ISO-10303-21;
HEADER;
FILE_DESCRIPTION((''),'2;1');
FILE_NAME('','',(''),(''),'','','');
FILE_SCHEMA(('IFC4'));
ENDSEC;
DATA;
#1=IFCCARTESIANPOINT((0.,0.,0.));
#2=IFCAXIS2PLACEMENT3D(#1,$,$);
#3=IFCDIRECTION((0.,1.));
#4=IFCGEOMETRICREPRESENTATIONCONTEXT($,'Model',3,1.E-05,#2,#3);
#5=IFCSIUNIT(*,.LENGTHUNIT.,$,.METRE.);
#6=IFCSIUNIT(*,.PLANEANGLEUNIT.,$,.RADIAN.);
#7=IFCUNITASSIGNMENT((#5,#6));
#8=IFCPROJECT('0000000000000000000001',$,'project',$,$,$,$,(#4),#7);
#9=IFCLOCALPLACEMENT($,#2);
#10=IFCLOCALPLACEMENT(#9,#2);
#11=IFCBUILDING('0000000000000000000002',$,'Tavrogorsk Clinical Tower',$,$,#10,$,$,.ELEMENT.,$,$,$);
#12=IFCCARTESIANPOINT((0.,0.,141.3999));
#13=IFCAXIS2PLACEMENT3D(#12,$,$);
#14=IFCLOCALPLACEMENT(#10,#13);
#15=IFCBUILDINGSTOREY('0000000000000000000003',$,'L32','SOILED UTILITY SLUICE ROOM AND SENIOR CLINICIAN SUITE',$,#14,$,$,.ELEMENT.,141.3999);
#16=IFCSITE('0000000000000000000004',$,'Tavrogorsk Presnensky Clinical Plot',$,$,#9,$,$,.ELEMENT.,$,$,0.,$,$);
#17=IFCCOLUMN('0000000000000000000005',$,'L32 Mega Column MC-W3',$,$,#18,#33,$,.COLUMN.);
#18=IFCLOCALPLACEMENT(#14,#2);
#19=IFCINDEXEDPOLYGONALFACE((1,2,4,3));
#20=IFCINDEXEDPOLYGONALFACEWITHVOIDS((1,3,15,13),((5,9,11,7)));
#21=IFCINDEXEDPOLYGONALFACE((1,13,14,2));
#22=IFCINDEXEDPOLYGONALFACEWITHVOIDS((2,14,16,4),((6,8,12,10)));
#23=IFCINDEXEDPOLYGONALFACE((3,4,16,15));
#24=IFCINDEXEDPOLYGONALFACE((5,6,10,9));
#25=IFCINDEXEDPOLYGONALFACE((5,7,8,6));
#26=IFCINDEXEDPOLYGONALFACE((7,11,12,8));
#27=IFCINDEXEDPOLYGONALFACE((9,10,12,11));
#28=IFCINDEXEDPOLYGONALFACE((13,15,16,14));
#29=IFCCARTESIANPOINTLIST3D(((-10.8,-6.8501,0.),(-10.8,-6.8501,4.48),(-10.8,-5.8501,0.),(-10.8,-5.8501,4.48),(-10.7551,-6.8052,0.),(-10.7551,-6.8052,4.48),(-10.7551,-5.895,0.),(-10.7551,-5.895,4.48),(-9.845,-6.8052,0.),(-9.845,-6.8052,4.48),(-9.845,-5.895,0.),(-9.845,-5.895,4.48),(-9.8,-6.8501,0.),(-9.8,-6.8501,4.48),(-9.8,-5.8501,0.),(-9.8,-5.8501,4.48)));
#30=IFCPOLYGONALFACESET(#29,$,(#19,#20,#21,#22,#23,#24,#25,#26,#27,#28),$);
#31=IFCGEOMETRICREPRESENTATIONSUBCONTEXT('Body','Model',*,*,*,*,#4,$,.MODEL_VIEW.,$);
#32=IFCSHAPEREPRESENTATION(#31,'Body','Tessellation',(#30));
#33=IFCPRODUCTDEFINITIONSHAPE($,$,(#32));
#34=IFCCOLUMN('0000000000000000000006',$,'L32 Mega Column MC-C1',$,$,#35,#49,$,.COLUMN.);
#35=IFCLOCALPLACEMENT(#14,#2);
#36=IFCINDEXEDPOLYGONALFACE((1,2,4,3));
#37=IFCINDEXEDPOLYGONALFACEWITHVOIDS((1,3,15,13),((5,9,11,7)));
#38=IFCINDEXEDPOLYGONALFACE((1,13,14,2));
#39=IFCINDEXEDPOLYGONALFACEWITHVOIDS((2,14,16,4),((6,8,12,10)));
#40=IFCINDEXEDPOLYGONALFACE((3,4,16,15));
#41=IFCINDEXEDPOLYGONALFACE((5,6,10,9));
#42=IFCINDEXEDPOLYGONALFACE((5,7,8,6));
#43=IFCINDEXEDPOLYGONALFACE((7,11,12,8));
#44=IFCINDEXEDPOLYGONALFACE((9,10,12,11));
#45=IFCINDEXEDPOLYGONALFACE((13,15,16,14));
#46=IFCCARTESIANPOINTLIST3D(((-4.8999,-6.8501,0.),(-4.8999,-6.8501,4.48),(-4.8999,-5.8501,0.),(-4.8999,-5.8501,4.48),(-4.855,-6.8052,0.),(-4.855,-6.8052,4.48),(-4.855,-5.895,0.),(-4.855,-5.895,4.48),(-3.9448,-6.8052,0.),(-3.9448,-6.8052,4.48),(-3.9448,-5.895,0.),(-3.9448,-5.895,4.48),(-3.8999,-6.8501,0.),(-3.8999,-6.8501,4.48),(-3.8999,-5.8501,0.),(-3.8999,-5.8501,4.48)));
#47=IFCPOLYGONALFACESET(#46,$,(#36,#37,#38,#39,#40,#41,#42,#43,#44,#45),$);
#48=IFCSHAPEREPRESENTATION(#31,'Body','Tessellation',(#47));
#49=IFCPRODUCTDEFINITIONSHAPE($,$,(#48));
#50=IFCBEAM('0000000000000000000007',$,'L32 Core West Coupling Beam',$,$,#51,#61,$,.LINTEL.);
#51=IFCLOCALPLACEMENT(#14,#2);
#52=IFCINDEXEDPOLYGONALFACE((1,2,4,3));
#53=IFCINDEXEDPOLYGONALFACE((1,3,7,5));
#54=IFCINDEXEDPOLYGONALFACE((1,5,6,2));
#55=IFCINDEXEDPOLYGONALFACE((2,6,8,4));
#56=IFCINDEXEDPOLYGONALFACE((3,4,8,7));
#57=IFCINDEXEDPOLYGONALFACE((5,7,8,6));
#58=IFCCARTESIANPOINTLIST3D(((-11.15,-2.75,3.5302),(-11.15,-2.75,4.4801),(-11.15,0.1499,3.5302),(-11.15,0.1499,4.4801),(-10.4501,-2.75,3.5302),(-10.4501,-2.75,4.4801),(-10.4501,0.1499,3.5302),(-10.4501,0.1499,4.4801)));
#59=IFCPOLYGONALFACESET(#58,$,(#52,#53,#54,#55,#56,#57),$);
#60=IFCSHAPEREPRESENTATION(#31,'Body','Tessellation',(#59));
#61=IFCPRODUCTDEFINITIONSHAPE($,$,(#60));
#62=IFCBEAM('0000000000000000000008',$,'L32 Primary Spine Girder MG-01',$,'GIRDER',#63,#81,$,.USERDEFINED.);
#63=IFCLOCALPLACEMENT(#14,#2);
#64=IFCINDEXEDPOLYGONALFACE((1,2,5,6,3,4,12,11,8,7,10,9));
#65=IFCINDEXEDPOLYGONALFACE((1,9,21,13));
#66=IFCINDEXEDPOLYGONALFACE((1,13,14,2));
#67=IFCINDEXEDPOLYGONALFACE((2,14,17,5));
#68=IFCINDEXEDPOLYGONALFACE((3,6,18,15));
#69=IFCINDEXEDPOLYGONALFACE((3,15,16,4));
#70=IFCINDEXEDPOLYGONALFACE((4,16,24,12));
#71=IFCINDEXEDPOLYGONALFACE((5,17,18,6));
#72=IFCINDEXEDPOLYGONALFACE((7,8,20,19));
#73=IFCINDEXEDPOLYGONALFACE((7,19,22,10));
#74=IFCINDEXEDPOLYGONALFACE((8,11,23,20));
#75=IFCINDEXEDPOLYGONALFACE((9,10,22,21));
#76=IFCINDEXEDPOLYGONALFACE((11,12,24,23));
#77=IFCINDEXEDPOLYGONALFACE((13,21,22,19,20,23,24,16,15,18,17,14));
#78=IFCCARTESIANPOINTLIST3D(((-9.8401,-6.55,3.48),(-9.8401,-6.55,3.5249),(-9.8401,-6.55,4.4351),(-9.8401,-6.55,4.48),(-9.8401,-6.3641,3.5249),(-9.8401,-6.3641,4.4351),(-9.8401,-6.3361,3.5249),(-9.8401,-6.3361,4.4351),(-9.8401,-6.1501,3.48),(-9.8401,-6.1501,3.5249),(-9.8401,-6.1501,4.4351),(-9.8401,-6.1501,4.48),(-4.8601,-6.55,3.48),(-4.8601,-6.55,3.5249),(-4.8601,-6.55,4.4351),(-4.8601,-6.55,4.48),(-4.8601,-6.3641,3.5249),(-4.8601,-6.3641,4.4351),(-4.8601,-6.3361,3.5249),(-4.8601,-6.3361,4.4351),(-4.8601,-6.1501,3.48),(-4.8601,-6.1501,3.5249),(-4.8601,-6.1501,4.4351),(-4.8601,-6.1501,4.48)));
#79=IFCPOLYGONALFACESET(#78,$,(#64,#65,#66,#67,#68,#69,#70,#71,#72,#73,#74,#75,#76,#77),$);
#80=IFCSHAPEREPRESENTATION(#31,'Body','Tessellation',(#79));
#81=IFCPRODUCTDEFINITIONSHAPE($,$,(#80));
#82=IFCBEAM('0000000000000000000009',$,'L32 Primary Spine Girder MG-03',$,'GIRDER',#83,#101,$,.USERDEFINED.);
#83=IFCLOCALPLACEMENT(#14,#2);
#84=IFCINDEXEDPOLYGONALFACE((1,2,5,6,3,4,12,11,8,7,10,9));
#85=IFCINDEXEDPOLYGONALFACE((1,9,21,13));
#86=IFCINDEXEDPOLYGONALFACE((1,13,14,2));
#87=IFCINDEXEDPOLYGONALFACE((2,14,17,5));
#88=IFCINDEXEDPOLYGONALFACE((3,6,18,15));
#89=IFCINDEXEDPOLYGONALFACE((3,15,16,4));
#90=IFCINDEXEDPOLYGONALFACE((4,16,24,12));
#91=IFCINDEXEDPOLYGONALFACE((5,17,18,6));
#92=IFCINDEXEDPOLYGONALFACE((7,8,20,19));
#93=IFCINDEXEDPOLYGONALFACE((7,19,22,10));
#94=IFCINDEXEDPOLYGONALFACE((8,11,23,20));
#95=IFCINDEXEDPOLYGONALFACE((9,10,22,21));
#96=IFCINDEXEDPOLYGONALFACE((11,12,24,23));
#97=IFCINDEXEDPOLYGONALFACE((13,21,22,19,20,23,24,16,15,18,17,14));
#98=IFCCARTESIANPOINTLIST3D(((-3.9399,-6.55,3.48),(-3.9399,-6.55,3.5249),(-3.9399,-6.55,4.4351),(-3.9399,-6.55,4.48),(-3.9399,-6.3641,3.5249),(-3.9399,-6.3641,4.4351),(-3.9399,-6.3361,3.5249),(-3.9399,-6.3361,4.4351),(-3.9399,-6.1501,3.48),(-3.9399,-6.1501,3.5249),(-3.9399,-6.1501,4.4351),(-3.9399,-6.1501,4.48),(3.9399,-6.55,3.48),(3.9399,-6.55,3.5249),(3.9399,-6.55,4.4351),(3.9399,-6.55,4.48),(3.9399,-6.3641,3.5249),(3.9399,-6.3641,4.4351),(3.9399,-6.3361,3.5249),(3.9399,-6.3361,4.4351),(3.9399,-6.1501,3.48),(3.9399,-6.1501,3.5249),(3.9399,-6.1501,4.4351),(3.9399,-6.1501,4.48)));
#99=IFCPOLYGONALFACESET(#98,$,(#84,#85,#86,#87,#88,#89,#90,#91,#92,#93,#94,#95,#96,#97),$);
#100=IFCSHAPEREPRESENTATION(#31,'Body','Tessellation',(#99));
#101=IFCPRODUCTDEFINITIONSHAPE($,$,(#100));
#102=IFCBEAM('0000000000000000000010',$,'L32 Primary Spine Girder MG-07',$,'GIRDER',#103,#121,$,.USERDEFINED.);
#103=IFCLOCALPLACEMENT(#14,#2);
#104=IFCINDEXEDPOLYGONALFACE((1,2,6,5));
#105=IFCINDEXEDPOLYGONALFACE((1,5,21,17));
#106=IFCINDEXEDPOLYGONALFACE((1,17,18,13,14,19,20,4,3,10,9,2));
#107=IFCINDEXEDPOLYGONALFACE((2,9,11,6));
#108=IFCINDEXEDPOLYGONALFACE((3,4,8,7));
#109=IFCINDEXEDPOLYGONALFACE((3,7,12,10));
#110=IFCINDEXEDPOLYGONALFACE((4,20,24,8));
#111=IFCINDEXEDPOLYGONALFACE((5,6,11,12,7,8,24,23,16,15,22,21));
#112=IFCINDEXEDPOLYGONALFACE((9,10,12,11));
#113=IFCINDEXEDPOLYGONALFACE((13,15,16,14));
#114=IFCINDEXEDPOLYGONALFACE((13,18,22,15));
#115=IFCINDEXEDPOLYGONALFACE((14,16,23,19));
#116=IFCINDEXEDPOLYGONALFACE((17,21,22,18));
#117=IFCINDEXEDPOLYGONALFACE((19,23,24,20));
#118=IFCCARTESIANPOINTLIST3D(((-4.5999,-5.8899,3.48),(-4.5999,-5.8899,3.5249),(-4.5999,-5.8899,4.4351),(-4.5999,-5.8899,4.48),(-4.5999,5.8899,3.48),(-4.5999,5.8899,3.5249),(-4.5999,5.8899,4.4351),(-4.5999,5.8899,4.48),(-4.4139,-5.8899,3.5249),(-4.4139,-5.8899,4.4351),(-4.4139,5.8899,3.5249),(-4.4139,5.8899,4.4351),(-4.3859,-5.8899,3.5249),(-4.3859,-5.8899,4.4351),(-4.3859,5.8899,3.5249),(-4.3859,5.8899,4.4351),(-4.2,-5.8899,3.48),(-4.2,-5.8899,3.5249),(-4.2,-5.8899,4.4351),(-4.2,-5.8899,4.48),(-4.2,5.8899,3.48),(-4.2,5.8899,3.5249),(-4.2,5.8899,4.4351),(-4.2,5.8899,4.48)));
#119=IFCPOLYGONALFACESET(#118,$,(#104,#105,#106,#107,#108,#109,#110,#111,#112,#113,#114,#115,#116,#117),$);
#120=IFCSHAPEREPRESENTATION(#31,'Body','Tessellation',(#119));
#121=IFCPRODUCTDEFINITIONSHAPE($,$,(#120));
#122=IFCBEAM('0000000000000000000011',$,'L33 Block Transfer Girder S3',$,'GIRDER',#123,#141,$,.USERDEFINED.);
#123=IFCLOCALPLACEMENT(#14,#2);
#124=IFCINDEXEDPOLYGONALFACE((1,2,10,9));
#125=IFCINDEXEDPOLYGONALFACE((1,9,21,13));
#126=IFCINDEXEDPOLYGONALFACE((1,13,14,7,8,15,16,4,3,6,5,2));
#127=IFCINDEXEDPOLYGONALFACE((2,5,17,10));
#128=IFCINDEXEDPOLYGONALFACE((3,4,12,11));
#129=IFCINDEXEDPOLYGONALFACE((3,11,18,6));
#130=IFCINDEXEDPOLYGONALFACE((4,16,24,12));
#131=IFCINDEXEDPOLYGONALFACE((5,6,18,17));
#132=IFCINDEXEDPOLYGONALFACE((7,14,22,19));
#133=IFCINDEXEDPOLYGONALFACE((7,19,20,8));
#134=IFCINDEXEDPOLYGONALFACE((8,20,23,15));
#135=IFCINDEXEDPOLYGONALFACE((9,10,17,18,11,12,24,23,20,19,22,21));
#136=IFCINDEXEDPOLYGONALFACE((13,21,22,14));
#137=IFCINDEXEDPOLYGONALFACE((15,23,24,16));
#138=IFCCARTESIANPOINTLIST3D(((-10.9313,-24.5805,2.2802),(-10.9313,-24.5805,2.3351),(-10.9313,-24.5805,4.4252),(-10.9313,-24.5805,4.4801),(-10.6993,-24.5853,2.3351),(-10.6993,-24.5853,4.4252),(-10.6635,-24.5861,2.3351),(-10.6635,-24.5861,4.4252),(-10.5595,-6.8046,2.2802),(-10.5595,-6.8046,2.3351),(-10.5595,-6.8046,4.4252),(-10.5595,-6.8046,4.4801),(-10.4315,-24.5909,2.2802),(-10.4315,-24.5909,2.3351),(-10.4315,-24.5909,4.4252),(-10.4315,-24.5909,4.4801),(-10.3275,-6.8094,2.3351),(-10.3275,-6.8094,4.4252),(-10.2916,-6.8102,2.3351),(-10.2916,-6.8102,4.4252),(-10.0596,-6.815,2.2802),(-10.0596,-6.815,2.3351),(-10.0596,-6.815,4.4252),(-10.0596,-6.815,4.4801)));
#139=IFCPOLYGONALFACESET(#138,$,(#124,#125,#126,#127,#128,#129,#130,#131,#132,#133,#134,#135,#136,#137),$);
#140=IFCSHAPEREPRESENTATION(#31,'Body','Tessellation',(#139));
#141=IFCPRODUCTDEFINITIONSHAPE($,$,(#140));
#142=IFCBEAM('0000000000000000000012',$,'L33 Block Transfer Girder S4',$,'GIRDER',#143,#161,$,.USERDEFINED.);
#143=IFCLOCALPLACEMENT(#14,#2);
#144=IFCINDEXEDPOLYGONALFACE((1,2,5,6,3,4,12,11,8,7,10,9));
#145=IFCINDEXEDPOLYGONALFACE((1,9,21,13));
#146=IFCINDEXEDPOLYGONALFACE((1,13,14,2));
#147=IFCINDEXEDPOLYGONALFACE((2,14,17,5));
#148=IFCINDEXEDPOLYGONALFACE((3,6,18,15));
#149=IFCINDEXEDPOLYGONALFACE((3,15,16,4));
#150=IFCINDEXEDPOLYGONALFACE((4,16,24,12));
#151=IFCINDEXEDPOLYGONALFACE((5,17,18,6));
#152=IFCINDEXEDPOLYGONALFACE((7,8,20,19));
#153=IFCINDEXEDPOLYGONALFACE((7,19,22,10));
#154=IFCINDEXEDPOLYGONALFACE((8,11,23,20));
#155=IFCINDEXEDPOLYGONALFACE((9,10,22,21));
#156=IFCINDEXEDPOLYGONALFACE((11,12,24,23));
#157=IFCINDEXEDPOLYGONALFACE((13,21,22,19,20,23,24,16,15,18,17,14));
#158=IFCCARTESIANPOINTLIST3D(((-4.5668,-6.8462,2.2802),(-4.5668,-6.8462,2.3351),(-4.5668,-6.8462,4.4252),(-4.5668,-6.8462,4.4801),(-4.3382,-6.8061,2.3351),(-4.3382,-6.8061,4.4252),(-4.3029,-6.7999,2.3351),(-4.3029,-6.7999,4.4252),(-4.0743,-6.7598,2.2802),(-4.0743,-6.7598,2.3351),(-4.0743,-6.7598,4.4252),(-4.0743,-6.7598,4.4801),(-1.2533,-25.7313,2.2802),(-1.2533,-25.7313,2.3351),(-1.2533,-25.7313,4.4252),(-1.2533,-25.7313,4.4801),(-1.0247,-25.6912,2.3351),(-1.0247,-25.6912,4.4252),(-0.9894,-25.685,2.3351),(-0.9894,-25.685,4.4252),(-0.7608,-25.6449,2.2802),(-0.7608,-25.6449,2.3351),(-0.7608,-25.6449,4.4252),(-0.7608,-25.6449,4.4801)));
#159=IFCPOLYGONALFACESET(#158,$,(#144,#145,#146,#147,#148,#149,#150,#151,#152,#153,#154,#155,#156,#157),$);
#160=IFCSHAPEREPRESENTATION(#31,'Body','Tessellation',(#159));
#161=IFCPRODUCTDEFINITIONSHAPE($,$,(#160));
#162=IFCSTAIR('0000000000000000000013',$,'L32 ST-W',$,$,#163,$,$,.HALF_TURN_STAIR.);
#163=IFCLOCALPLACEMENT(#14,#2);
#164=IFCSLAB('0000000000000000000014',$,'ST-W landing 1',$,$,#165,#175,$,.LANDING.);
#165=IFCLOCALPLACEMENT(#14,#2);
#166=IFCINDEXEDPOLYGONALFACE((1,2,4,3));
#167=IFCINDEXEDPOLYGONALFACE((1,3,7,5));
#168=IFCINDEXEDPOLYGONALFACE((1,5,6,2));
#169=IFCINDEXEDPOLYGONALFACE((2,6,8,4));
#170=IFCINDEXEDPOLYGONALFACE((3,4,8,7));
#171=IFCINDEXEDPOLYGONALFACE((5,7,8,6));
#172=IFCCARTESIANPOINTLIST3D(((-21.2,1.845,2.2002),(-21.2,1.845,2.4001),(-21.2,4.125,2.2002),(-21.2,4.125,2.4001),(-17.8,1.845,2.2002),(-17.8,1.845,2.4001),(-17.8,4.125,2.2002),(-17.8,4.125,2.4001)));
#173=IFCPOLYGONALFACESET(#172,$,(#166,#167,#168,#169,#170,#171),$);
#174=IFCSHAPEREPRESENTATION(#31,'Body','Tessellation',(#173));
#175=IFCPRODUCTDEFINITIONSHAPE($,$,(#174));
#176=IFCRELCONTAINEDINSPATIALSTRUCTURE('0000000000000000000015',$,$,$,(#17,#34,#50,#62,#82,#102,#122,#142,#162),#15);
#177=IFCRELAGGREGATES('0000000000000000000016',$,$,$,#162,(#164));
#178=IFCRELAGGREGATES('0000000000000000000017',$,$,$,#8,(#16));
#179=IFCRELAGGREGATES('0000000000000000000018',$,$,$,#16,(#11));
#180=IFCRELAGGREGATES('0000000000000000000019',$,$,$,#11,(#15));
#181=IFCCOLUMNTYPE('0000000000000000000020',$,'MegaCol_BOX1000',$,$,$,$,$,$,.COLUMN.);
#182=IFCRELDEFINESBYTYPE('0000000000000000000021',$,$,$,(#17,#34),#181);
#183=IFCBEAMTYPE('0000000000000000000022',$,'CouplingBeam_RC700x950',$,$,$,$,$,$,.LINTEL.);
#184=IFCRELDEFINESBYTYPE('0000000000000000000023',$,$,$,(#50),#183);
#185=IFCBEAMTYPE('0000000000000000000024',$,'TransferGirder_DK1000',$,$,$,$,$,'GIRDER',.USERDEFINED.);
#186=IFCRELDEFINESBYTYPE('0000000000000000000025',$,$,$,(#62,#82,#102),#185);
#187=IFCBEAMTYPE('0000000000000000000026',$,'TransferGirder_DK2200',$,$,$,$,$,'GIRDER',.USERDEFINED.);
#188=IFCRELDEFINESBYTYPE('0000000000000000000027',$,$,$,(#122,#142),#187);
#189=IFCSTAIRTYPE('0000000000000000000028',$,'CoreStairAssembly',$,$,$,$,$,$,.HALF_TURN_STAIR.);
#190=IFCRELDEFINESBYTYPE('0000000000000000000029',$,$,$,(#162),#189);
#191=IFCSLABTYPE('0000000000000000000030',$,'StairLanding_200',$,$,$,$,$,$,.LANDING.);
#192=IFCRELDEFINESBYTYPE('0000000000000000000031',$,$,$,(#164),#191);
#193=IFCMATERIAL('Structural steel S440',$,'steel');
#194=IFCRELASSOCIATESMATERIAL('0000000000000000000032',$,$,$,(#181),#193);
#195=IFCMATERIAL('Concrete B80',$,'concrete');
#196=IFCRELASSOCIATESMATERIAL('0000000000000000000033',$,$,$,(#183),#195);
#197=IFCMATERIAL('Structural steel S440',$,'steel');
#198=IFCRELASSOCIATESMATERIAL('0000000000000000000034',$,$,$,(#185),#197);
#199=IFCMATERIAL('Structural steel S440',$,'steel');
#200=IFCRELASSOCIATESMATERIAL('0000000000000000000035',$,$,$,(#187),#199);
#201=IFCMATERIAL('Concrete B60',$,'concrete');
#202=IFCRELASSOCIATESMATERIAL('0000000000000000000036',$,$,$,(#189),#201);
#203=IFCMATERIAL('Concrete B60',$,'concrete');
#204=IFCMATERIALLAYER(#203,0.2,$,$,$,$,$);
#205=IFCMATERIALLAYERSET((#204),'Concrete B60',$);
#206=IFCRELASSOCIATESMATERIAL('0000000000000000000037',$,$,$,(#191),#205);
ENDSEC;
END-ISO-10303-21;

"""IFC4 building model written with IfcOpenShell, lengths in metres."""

from ifc_helpers import new_model, si_unit, direction, frame, origin, origin_2d, place, context, subcontext, project, spatial, polyline, rectangle, hollow_rectangle, i_section, outline, extrude, material, layer, layer_set, material_profile, profile_set, type_object, element, aggregate, save


model = new_model("IFC4")

# Units and contexts
model_context = context("Model", 3, precision=1e-05, world=origin(), true_north=direction((0.0, 1.0)))
body_context = subcontext(model_context, "Body", "Model", "MODEL_VIEW")
ifc_project = project(units=[si_unit("LENGTHUNIT", "METRE"), si_unit("PLANEANGLEUNIT", "RADIAN")], contexts=[model_context])

# Site, building, storey
site_placement = place(None, origin())
site = spatial("IfcSite", under=ifc_project, at=site_placement, Name="Tavrogorsk Presnensky Clinical Plot", CompositionType="ELEMENT", RefElevation=0.0)
building_placement = place(site_placement, origin())
building = spatial("IfcBuilding", under=site, at=building_placement, Name="Tavrogorsk Clinical Tower", CompositionType="ELEMENT")
storey_placement = place(building_placement, frame((0.0, 0.0, 141.3999)))
storey = spatial("IfcBuildingStorey", under=building, at=storey_placement, Name="L32", Description="SOILED UTILITY SLUICE ROOM AND SENIOR CLINICIAN SUITE", CompositionType="ELEMENT", Elevation=141.3999)

# Columns
ifc_material_1 = material(Name="Structural steel S440", Category="steel")
ifc_material_profile_1 = material_profile(ifc_material_1, hollow_rectangle(XDim=1.0, YDim=1.0, WallThickness=0.0449, at=origin_2d()), Name="BOX-1000x1000x45")
ifc_profile_set_1 = profile_set([ifc_material_profile_1], Name="Structural steel S440")
column_type = type_object("IfcColumnType", Name="MegaCol_BOX1000", PredefinedType="COLUMN", material=ifc_profile_set_1)
for number, where, z_axis, x_axis, name in (
    (1, (-10.3, -6.3501, 0.0), (0.0, 0.0, 1.0), (1.0, 0.0, 0.0), "L32 Mega Column MC-W3"),
    (2, (-4.3999, -6.3501, 0.0), (0.0, 0.0, 1.0), (1.0, 0.0, 0.0), "L32 Mega Column MC-C1"),
):
    element("IfcColumn", number, at=place(storey_placement, frame(where, z_axis=z_axis, x_axis=x_axis)), inside=storey, type_object=column_type, Name=name, PredefinedType="COLUMN", context=body_context, shape_type="SweptSolid", body=[
        extrude(hollow_rectangle(XDim=1.0, YDim=1.0, WallThickness=0.0449, at=origin_2d()), origin(), (0.0, 0.0, 1.0), 4.48),
    ])

# Beams
ifc_material_2 = material(Name="Concrete B80", Category="concrete")
ifc_material_profile_2 = material_profile(ifc_material_2, rectangle(XDim=0.7, YDim=0.95, at=origin_2d()), Name="RC-CB-700x950")
ifc_profile_set_2 = profile_set([ifc_material_profile_2], Name="Concrete B80")
beam_type_1 = type_object("IfcBeamType", Name="CouplingBeam_RC700x950", PredefinedType="LINTEL", material=ifc_profile_set_2)
beam_1_placement = place(storey_placement, frame((-10.8, -2.75, 4.0051), z_axis=(0.0, 1.0, 0.0), x_axis=(-1.0, 0.0, 0.0)))
element("IfcBeam", 3, at=beam_1_placement, inside=storey, type_object=beam_type_1, Name="L32 Core West Coupling Beam", PredefinedType="LINTEL", context=body_context, shape_type="SweptSolid", body=[
    extrude(rectangle(XDim=0.7, YDim=0.95, at=origin_2d()), origin(), (0.0, 0.0, 1.0), 2.8999),
])
ifc_material_3 = material(Name="Structural steel S440", Category="steel")
ifc_material_profile_3 = material_profile(ifc_material_3, i_section(OverallWidth=0.3999, OverallDepth=1.0, WebThickness=0.0281, FlangeThickness=0.0449, at=origin_2d()), Name="DK-1000x400x28x45")
ifc_profile_set_3 = profile_set([ifc_material_profile_3], Name="Structural steel S440")
beam_type_2 = type_object("IfcBeamType", Name="TransferGirder_DK1000", ElementType="GIRDER", PredefinedType="USERDEFINED", material=ifc_profile_set_3)
beam_2_placement = place(storey_placement, frame((-9.8401, -6.3501, 3.98), z_axis=(1.0, 0.0, 0.0), x_axis=(0.0, 1.0, 0.0)))
element("IfcBeam", 4, at=beam_2_placement, inside=storey, type_object=beam_type_2, Name="L32 Primary Spine Girder MG-01", ObjectType="GIRDER", PredefinedType="USERDEFINED", context=body_context, shape_type="SweptSolid", body=[
    extrude(i_section(OverallWidth=0.3999, OverallDepth=1.0, WebThickness=0.0281, FlangeThickness=0.0449, at=origin_2d()), origin(), (0.0, 0.0, 1.0), 4.98),
])
beam_3_placement = place(storey_placement, frame((-3.9399, -6.3501, 3.98), z_axis=(1.0, 0.0, 0.0), x_axis=(0.0, 1.0, 0.0)))
element("IfcBeam", 5, at=beam_3_placement, inside=storey, type_object=beam_type_2, Name="L32 Primary Spine Girder MG-03", ObjectType="GIRDER", PredefinedType="USERDEFINED", context=body_context, shape_type="SweptSolid", body=[
    extrude(i_section(OverallWidth=0.3999, OverallDepth=1.0, WebThickness=0.0281, FlangeThickness=0.0449, at=origin_2d()), origin(), (0.0, 0.0, 1.0), 7.8799),
])
beam_4_placement = place(storey_placement, frame((-4.3999, -5.8899, 3.98), z_axis=(0.0, 1.0, 0.0), x_axis=(-1.0, 0.0, 0.0)))
element("IfcBeam", 6, at=beam_4_placement, inside=storey, type_object=beam_type_2, Name="L32 Primary Spine Girder MG-07", ObjectType="GIRDER", PredefinedType="USERDEFINED", context=body_context, shape_type="SweptSolid", body=[
    extrude(i_section(OverallWidth=0.3999, OverallDepth=1.0, WebThickness=0.0281, FlangeThickness=0.0449, at=origin_2d()), origin(), (0.0, 0.0, 1.0), 11.7798),
])
ifc_material_4 = material(Name="Structural steel S440", Category="steel")
ifc_material_profile_4 = material_profile(ifc_material_4, i_section(OverallWidth=0.5, OverallDepth=2.2, WebThickness=0.0359, FlangeThickness=0.0549, at=origin_2d()), Name="DK-2200x500x36x55")
ifc_profile_set_4 = profile_set([ifc_material_profile_4], Name="Structural steel S440")
beam_type_3 = type_object("IfcBeamType", Name="TransferGirder_DK2200", ElementType="GIRDER", PredefinedType="USERDEFINED", material=ifc_profile_set_4)
beam_5_placement = place(storey_placement, frame((-10.3096, -6.8098, 3.3801), z_axis=(-0.020913, -0.999781, 0.0), x_axis=(0.999781, -0.020913, 0.0)))
element("IfcBeam", 7, at=beam_5_placement, inside=storey, type_object=beam_type_3, Name="L33 Block Transfer Girder S3", ObjectType="GIRDER", PredefinedType="USERDEFINED", context=body_context, shape_type="SweptSolid", body=[
    extrude(i_section(OverallWidth=0.5, OverallDepth=2.2, WebThickness=0.0359, FlangeThickness=0.0549, at=origin_2d()), origin(), (0.0, 0.0, 1.0), 17.7798),
])
beam_6_placement = place(storey_placement, frame((-4.3206, -6.803, 3.3801), z_axis=(0.172816, -0.984954, 0.0), x_axis=(0.984954, 0.172816, 0.0)))
element("IfcBeam", 8, at=beam_6_placement, inside=storey, type_object=beam_type_3, Name="L33 Block Transfer Girder S4", ObjectType="GIRDER", PredefinedType="USERDEFINED", context=body_context, shape_type="SweptSolid", body=[
    extrude(i_section(OverallWidth=0.5, OverallDepth=2.2, WebThickness=0.0359, FlangeThickness=0.0549, at=origin_2d()), origin(), (0.0, 0.0, 1.0), 19.1736),
])

# Stair, slab
ifc_material_5 = material(Name="Concrete B60", Category="concrete")
stair_type = type_object("IfcStairType", Name="CoreStairAssembly", PredefinedType="HALF_TURN_STAIR", material=ifc_material_5)
stair_placement = place(storey_placement, origin())
stair = element("IfcStair", 9, at=stair_placement, inside=storey, type_object=stair_type, Name="L32 ST-W", PredefinedType="HALF_TURN_STAIR")
ifc_material_6 = material(Name="Concrete B60", Category="concrete")
ifc_layer_1 = layer(ifc_material_6, 0.2)
ifc_layer_set_1 = layer_set([ifc_layer_1], Name="Concrete B60")
slab_type_1 = type_object("IfcSlabType", Name="StairLanding_200", PredefinedType="LANDING", material=ifc_layer_set_1)
slab_1_placement = place(storey_placement, frame((0.0, 0.0, 2.2002)))
slab_1 = element("IfcSlab", 10, at=slab_1_placement, type_object=slab_type_1, Name="ST-W landing 1", PredefinedType="LANDING", context=body_context, shape_type="SweptSolid", body=[
    extrude(outline(polyline([(-17.8, 1.845), (-17.8, 4.125), (-21.2, 4.125), (-21.2, 1.845), (-17.8, 1.845)])), origin(), (0.0, 0.0, 1.0), 0.2),
])
aggregate(stair, [slab_1])

save(model, "model.ifc")
